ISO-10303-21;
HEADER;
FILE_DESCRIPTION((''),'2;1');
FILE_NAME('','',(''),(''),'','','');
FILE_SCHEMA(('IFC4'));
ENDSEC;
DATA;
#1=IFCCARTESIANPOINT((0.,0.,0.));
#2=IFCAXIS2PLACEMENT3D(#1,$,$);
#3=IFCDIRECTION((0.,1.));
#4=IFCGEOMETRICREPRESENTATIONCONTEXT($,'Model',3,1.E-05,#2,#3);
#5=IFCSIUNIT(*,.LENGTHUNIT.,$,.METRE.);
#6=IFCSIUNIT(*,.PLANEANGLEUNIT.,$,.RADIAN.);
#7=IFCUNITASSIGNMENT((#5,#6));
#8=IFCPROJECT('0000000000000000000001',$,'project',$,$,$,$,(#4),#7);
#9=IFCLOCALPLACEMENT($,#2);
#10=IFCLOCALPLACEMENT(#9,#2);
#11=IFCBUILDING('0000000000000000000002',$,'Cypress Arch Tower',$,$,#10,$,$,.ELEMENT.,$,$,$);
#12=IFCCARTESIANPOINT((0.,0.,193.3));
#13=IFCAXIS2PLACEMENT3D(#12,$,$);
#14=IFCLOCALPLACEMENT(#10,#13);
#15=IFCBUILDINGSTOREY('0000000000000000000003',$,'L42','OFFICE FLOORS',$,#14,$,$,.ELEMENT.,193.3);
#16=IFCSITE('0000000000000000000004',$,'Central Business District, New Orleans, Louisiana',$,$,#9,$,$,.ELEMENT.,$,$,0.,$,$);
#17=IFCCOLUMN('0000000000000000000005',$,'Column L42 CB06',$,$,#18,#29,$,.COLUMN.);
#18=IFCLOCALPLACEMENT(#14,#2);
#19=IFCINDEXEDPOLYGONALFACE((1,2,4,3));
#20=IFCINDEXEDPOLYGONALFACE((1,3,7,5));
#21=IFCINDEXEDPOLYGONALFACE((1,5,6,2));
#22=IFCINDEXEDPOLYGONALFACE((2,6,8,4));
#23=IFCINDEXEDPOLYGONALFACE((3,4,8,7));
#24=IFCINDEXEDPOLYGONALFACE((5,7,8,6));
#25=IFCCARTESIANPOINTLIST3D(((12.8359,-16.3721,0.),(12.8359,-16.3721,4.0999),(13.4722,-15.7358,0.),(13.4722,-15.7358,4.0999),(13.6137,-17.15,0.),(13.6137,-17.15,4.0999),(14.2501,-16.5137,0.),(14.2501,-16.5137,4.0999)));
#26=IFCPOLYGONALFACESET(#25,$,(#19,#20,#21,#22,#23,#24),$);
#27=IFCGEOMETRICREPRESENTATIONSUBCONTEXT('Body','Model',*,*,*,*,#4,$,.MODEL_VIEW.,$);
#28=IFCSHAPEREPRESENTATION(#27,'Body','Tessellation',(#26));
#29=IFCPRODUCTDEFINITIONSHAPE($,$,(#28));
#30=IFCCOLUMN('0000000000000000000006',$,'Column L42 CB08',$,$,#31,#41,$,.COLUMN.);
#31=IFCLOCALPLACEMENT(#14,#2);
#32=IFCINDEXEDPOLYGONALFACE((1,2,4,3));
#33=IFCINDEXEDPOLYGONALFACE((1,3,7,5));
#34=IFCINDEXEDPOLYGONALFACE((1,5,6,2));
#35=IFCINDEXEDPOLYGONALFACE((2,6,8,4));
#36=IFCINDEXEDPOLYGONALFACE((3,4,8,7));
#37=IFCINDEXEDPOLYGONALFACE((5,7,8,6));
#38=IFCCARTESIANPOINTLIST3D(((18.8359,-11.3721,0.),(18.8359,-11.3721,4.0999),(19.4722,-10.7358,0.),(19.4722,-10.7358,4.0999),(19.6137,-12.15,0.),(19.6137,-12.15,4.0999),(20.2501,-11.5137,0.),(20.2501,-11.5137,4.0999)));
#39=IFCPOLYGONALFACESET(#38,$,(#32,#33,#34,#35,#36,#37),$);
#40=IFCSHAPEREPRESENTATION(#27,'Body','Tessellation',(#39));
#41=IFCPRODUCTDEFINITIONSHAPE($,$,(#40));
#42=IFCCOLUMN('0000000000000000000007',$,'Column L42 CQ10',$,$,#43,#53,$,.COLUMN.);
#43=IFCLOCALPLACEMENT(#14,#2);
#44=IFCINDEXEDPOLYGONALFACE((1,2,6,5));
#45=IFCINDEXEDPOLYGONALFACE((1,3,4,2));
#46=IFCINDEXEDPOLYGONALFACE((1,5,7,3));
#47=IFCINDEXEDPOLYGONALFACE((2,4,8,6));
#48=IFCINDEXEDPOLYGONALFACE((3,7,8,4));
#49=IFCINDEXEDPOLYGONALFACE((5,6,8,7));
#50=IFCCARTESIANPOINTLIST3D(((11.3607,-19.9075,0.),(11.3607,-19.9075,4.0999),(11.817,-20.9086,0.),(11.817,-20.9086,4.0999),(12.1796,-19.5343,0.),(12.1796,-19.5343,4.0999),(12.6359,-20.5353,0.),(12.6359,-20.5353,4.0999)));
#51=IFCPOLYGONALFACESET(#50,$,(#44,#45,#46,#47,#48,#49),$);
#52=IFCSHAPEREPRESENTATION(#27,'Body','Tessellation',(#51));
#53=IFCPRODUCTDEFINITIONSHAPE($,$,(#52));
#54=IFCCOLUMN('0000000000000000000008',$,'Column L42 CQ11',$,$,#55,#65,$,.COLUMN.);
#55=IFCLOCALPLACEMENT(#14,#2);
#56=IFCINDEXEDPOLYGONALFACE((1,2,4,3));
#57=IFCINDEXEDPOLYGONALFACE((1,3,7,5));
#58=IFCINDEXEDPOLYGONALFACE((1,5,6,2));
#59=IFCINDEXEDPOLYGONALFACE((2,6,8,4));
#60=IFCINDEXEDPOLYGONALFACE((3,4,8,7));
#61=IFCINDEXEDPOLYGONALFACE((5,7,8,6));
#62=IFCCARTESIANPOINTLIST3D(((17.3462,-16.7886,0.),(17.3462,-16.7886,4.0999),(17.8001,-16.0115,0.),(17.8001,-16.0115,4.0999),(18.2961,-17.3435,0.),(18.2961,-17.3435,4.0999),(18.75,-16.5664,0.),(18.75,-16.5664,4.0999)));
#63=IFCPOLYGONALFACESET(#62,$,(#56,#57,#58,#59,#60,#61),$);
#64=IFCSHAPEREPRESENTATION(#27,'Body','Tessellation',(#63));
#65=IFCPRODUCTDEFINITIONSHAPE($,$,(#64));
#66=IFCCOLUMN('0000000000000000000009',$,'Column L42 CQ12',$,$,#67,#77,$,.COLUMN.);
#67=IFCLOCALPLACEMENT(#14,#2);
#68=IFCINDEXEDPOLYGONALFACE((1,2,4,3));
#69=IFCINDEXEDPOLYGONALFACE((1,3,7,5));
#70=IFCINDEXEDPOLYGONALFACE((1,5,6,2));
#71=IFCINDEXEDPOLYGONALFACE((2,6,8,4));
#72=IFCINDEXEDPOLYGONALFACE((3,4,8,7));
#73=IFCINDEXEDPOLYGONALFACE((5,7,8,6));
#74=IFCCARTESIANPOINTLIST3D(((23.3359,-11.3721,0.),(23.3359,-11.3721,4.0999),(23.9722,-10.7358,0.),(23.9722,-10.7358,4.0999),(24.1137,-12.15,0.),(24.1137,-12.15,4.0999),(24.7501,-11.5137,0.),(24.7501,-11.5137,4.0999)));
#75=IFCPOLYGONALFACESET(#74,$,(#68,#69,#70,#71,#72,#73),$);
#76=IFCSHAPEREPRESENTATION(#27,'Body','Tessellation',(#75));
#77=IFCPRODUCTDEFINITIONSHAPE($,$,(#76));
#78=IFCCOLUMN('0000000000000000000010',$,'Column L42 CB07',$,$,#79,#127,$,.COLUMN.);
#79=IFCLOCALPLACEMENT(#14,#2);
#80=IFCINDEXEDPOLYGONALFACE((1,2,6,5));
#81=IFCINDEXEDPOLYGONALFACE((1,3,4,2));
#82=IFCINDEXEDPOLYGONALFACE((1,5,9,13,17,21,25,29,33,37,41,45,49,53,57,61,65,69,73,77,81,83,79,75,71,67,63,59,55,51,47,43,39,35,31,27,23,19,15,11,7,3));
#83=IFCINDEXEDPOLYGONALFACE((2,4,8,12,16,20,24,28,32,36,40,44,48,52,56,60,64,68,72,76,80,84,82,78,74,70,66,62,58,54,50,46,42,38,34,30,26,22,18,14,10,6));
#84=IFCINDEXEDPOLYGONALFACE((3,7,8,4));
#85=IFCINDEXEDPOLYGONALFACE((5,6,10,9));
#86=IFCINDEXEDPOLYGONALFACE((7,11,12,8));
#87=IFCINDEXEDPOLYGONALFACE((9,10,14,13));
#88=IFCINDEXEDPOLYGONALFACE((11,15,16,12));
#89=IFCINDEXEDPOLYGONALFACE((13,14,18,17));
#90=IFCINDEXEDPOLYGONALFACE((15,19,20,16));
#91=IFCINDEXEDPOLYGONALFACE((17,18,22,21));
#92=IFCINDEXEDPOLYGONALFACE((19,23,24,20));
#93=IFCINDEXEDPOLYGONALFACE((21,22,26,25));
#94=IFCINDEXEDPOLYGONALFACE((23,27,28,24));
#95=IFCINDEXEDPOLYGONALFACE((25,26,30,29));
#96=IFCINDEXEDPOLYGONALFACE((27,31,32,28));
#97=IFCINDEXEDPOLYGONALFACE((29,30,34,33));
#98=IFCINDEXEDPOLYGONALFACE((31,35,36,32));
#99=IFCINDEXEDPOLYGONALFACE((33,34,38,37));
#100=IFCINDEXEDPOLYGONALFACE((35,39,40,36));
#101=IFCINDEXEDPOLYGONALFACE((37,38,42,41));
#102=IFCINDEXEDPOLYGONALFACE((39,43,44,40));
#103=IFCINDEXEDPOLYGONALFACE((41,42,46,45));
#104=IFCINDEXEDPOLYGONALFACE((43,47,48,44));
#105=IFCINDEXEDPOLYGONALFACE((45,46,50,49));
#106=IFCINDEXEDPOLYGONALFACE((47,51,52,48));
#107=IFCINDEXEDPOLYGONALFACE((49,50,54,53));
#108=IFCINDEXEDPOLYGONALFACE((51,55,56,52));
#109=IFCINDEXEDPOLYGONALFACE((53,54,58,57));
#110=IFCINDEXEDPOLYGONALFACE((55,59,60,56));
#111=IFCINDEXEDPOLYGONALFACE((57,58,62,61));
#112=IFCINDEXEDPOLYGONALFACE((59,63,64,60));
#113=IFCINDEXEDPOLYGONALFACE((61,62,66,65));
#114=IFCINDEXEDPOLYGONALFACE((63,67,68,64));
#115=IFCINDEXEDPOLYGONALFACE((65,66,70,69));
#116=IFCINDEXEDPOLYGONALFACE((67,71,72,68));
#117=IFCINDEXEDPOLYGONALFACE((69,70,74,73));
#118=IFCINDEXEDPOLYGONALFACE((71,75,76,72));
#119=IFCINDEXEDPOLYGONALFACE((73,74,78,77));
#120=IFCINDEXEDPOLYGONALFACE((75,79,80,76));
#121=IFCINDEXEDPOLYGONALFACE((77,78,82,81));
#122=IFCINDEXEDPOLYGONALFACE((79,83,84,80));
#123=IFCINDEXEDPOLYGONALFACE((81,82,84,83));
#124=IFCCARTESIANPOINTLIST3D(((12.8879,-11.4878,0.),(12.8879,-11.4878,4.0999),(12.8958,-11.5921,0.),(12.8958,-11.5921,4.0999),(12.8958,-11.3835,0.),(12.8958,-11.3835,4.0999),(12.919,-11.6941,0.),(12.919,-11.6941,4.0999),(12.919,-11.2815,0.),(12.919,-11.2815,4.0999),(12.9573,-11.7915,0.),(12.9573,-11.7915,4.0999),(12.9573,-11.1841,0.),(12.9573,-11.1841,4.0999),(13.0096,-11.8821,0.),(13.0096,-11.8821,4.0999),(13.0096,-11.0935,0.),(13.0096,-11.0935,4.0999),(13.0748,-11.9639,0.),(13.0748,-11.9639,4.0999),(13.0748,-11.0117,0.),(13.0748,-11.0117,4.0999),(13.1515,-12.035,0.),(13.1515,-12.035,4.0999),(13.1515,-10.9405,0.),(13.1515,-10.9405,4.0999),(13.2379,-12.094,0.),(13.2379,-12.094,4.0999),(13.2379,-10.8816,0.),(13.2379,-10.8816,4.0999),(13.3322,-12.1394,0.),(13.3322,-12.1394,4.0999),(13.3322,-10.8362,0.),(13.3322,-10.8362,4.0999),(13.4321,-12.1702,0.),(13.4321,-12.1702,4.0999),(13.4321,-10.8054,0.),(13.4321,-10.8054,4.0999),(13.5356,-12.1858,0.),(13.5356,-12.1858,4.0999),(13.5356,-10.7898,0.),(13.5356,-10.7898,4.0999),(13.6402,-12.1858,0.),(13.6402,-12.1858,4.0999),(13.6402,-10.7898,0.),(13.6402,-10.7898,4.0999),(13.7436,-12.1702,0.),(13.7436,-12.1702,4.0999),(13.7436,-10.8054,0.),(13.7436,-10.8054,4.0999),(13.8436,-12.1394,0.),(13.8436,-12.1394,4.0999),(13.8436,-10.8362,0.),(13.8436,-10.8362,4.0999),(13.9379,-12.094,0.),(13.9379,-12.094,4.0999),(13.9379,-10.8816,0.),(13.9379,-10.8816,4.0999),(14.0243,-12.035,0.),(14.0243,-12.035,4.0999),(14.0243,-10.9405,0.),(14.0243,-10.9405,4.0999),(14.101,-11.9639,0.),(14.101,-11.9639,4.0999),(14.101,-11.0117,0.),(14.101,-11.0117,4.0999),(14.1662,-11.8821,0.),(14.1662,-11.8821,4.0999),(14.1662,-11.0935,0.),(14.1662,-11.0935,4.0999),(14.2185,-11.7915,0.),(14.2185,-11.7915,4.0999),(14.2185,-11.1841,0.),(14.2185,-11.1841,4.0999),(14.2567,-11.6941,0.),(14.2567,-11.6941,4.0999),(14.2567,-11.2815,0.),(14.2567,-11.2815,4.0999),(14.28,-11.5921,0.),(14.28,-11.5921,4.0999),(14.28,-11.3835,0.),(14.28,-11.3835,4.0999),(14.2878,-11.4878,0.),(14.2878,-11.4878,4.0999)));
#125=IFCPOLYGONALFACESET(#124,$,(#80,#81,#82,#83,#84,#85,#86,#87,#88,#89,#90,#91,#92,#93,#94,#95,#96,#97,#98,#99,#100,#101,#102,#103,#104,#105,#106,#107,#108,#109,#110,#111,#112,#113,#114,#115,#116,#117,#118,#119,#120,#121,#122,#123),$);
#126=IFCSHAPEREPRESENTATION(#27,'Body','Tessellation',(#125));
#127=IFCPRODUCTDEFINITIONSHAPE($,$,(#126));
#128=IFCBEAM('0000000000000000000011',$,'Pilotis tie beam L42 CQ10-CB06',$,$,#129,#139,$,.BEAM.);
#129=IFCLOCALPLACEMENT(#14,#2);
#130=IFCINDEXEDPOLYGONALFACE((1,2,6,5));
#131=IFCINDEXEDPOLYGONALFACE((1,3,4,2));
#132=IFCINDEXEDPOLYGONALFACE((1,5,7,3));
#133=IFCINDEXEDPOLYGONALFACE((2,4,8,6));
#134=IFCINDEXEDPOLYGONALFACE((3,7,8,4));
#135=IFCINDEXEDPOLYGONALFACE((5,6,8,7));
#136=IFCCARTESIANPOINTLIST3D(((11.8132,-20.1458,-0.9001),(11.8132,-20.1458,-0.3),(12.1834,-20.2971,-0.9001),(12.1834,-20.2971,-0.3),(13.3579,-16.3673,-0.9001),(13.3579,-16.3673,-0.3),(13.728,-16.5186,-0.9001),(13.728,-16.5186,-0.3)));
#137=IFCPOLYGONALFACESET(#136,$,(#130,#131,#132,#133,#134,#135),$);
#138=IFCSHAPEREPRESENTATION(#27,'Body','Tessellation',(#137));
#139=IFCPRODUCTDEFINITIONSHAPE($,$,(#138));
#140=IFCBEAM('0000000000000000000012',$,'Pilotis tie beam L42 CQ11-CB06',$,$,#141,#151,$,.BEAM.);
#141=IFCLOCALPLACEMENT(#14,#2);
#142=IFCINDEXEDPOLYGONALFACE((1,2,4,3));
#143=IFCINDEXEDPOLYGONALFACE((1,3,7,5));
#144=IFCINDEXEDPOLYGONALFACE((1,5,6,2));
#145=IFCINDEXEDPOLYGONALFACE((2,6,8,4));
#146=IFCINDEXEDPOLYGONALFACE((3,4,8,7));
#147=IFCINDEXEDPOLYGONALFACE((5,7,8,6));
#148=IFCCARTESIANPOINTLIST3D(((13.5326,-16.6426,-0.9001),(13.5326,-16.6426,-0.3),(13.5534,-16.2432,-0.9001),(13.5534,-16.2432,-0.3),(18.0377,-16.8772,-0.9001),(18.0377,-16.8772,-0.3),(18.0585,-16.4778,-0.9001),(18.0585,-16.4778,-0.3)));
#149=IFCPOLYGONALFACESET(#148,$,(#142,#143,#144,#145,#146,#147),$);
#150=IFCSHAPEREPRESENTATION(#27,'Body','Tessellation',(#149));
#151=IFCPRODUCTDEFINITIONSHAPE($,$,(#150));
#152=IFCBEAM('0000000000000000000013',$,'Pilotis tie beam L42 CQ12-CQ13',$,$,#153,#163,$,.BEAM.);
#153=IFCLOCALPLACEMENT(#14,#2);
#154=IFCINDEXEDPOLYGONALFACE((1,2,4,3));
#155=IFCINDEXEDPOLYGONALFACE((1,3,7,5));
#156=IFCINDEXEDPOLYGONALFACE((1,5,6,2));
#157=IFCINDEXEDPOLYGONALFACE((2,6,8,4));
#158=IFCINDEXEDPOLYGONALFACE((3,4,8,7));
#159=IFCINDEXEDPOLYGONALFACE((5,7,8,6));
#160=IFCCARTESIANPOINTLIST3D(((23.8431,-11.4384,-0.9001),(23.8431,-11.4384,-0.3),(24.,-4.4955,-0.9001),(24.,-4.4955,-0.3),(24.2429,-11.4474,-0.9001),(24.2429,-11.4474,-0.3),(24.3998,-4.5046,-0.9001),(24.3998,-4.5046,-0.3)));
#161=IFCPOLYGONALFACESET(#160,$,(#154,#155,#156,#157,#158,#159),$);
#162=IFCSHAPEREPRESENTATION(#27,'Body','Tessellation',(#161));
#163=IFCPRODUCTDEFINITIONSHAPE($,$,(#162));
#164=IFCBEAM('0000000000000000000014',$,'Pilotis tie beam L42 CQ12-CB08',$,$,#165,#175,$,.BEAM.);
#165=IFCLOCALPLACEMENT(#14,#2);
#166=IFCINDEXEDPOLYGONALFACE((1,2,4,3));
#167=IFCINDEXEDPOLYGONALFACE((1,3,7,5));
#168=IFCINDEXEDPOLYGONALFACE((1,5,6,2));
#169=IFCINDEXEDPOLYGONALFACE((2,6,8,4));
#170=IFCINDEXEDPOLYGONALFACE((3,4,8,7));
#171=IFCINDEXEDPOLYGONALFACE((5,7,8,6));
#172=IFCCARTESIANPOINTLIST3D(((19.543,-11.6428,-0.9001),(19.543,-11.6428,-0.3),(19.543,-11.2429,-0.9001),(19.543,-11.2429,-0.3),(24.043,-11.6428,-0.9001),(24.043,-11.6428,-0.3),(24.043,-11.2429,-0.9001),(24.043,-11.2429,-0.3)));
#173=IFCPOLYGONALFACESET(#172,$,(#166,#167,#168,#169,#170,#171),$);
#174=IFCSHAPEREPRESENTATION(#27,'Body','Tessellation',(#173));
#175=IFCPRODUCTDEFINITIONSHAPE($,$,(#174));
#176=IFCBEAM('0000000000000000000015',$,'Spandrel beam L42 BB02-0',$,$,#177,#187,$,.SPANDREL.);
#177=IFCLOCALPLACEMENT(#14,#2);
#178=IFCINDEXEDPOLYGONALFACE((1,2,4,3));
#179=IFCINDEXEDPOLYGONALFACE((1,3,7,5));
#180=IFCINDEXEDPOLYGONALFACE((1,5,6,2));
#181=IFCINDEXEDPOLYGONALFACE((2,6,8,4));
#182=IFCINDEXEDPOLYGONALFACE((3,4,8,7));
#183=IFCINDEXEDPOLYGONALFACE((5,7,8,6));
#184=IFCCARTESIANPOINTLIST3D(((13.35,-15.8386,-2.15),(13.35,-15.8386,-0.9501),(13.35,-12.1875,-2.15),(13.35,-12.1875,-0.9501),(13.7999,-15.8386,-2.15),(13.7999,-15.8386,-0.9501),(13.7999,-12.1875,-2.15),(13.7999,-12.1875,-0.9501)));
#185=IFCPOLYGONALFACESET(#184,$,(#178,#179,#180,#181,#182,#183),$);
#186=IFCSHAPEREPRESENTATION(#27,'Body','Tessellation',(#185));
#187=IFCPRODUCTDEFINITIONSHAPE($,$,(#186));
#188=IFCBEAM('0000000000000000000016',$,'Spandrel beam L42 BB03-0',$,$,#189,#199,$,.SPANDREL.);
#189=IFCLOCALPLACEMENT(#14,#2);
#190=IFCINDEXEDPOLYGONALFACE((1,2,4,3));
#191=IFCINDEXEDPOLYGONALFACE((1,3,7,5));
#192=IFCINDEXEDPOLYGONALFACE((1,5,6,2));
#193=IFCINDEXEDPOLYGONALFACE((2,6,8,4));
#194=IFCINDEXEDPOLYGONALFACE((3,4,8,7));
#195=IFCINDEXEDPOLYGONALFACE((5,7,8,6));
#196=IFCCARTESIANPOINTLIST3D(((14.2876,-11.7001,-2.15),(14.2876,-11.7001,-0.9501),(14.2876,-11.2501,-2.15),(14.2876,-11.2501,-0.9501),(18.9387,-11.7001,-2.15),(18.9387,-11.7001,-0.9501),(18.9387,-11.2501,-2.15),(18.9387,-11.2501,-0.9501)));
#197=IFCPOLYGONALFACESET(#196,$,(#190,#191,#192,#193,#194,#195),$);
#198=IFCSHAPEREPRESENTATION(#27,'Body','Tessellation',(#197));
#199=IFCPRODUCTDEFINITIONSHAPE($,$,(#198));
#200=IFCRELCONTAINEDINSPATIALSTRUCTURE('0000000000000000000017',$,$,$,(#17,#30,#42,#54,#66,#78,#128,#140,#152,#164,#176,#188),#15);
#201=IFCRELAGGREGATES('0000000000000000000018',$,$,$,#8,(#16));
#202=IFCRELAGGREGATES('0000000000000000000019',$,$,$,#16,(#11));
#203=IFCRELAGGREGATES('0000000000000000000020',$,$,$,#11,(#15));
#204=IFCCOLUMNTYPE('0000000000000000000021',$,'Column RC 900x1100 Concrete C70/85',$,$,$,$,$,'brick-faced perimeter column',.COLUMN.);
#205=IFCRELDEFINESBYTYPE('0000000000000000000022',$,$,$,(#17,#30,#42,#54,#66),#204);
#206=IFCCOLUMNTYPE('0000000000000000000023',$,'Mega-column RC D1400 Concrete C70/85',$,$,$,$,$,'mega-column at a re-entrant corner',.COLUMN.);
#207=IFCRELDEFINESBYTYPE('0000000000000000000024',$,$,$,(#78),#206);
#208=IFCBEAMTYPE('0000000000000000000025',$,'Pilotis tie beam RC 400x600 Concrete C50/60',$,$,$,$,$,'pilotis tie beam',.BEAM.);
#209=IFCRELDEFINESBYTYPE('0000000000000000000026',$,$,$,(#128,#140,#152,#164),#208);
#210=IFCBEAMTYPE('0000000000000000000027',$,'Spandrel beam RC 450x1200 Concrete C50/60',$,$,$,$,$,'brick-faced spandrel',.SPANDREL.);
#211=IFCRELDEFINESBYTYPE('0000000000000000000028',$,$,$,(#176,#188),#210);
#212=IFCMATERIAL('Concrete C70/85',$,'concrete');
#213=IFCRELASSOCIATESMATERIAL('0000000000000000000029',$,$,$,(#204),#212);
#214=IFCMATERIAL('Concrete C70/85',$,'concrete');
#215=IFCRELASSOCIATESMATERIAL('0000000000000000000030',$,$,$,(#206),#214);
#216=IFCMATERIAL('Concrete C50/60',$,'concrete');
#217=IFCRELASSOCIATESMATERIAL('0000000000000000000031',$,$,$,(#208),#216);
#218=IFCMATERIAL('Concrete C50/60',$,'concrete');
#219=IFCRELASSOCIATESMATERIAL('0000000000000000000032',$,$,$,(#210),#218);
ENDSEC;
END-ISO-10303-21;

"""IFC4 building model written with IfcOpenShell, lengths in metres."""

from ifc_helpers import new_model, si_unit, direction, frame, origin, origin_2d, place, context, subcontext, project, spatial, rectangle, circle, extrude, material, material_profile, profile_set, type_object, element, save


model = new_model("IFC4")

# Units and contexts
model_context = context("Model", 3, precision=1e-05, world=origin(), true_north=direction((0.0, 1.0)))
body_context = subcontext(model_context, "Body", "Model", "MODEL_VIEW")
ifc_project = project(units=[si_unit("LENGTHUNIT", "METRE"), si_unit("PLANEANGLEUNIT", "RADIAN")], contexts=[model_context])

# Site, building, storey
site_placement = place(None, origin())
site = spatial("IfcSite", under=ifc_project, at=site_placement, Name="Central Business District, New Orleans, Louisiana", CompositionType="ELEMENT", RefElevation=0.0)
building_placement = place(site_placement, origin())
building = spatial("IfcBuilding", under=site, at=building_placement, Name="Cypress Arch Tower", CompositionType="ELEMENT")
storey_placement = place(building_placement, frame((0.0, 0.0, 193.3)))
storey = spatial("IfcBuildingStorey", under=building, at=storey_placement, Name="L42", Description="OFFICE FLOORS", CompositionType="ELEMENT", Elevation=193.3)

# Columns
ifc_material_1 = material(Name="Concrete C70/85", Category="concrete")
ifc_material_profile_1 = material_profile(ifc_material_1, rectangle(XDim=0.8999, YDim=1.1001, at=origin_2d()), Name="RC 900x1100")
ifc_profile_set_1 = profile_set([ifc_material_profile_1], Name="Concrete C70/85")
column_type_1 = type_object("IfcColumnType", Name="Column RC 900x1100 Concrete C70/85", ElementType="brick-faced perimeter column", PredefinedType="COLUMN", material=ifc_profile_set_1)
for number, where, z_axis, x_axis, name in (
    (1, (13.543, -16.4429, 0.0), (0.0, 0.0, 1.0), (0.707107, 0.707107, 0.0), "Column L42 CB06"),
    (2, (19.543, -11.4429, 0.0), (0.0, 0.0, 1.0), (0.707107, 0.707107, 0.0), "Column L42 CB08"),
    (3, (11.9983, -20.2214, 0.0), (0.0, 0.0, 1.0), (0.909932, 0.414757, 0.0), "Column L42 CQ10"),
    (4, (18.0481, -16.6775, 0.0), (0.0, 0.0, 1.0), (0.504399, 0.863471, 0.0), "Column L42 CQ11"),
    (5, (24.043, -11.4429, 0.0), (0.0, 0.0, 1.0), (0.707107, 0.707107, 0.0), "Column L42 CQ12"),
):
    element("IfcColumn", number, at=place(storey_placement, frame(where, z_axis=z_axis, x_axis=x_axis)), inside=storey, type_object=column_type_1, Name=name, PredefinedType="COLUMN", context=body_context, shape_type="SweptSolid", body=[
        extrude(rectangle(XDim=0.8999, YDim=1.1001, at=origin_2d()), origin(), (0.0, 0.0, 1.0), 4.0999),
    ])
ifc_material_2 = material(Name="Concrete C70/85", Category="concrete")
ifc_material_profile_2 = material_profile(ifc_material_2, circle(Radius=0.7, at=origin_2d()), Name="RC D1400")
ifc_profile_set_2 = profile_set([ifc_material_profile_2], Name="Concrete C70/85")
column_type_2 = type_object("IfcColumnType", Name="Mega-column RC D1400 Concrete C70/85", ElementType="mega-column at a re-entrant corner", PredefinedType="COLUMN", material=ifc_profile_set_2)
column_placement = place(storey_placement, frame((13.5879, -11.4878, 0.0), z_axis=(0.0, 0.0, 1.0), x_axis=(1.0, 0.0, 0.0)))
element("IfcColumn", 6, at=column_placement, inside=storey, type_object=column_type_2, Name="Column L42 CB07", PredefinedType="COLUMN", context=body_context, shape_type="SweptSolid", body=[
    extrude(circle(Radius=0.7, at=origin_2d()), origin(), (0.0, 0.0, 1.0), 4.0999),
])

# Beams
ifc_material_3 = material(Name="Concrete C50/60", Category="concrete")
ifc_material_profile_3 = material_profile(ifc_material_3, rectangle(XDim=0.3999, YDim=0.6001, at=origin_2d()), Name="RC 400x600")
ifc_profile_set_3 = profile_set([ifc_material_profile_3], Name="Concrete C50/60")
beam_type_1 = type_object("IfcBeamType", Name="Pilotis tie beam RC 400x600 Concrete C50/60", ElementType="pilotis tie beam", PredefinedType="BEAM", material=ifc_profile_set_3)
beam_1_placement = place(storey_placement, frame((11.9983, -20.2214, -0.6001), z_axis=(0.378402, 0.925641, 0.0), x_axis=(-0.925641, 0.378402, 0.0)))
element("IfcBeam", 7, at=beam_1_placement, inside=storey, type_object=beam_type_1, Name="Pilotis tie beam L42 CQ10-CB06", PredefinedType="BEAM", context=body_context, shape_type="SweptSolid", body=[
    extrude(rectangle(XDim=0.3999, YDim=0.6001, at=origin_2d()), origin(), (0.0, 0.0, 1.0), 4.082),
])
beam_2_placement = place(storey_placement, frame((18.0481, -16.6775, -0.6001), z_axis=(-0.998647, 0.052008, 0.0), x_axis=(-0.052008, -0.998647, 0.0)))
element("IfcBeam", 8, at=beam_2_placement, inside=storey, type_object=beam_type_1, Name="Pilotis tie beam L42 CQ11-CB06", PredefinedType="BEAM", context=body_context, shape_type="SweptSolid", body=[
    extrude(rectangle(XDim=0.3999, YDim=0.6001, at=origin_2d()), origin(), (0.0, 0.0, 1.0), 4.5112),
])
beam_3_placement = place(storey_placement, frame((24.043, -11.4429, -0.6001), z_axis=(0.022605, 0.999744, 0.0), x_axis=(-0.999744, 0.022605, 0.0)))
element("IfcBeam", 9, at=beam_3_placement, inside=storey, type_object=beam_type_1, Name="Pilotis tie beam L42 CQ12-CQ13", PredefinedType="BEAM", context=body_context, shape_type="SweptSolid", body=[
    extrude(rectangle(XDim=0.3999, YDim=0.6001, at=origin_2d()), origin(), (0.0, 0.0, 1.0), 6.9446),
])
beam_4_placement = place(storey_placement, frame((24.043, -11.4429, -0.6001), z_axis=(-1.0, 0.0, 0.0), x_axis=(0.0, -1.0, 0.0)))
element("IfcBeam", 10, at=beam_4_placement, inside=storey, type_object=beam_type_1, Name="Pilotis tie beam L42 CQ12-CB08", PredefinedType="BEAM", context=body_context, shape_type="SweptSolid", body=[
    extrude(rectangle(XDim=0.3999, YDim=0.6001, at=origin_2d()), origin(), (0.0, 0.0, 1.0), 4.5),
])
ifc_material_4 = material(Name="Concrete C50/60", Category="concrete")
ifc_material_profile_4 = material_profile(ifc_material_4, rectangle(XDim=0.45, YDim=1.2, at=origin_2d()), Name="RC 450x1200")
ifc_profile_set_4 = profile_set([ifc_material_profile_4], Name="Concrete C50/60")
beam_type_2 = type_object("IfcBeamType", Name="Spandrel beam RC 450x1200 Concrete C50/60", ElementType="brick-faced spandrel", PredefinedType="SPANDREL", material=ifc_profile_set_4)
beam_5_placement = place(storey_placement, frame((13.575, -15.8386, -1.55), z_axis=(0.0, 1.0, 0.0), x_axis=(-1.0, 0.0, 0.0)))
element("IfcBeam", 11, at=beam_5_placement, inside=storey, type_object=beam_type_2, Name="Spandrel beam L42 BB02-0", PredefinedType="SPANDREL", context=body_context, shape_type="SweptSolid", body=[
    extrude(rectangle(XDim=0.45, YDim=1.2, at=origin_2d()), origin(), (0.0, 0.0, 1.0), 3.6511),
])
beam_6_placement = place(storey_placement, frame((14.2876, -11.4751, -1.55), z_axis=(1.0, 0.0, 0.0), x_axis=(0.0, 1.0, 0.0)))
element("IfcBeam", 12, at=beam_6_placement, inside=storey, type_object=beam_type_2, Name="Spandrel beam L42 BB03-0", PredefinedType="SPANDREL", context=body_context, shape_type="SweptSolid", body=[
    extrude(rectangle(XDim=0.45, YDim=1.2, at=origin_2d()), origin(), (0.0, 0.0, 1.0), 4.6511),
])

save(model, "model.ifc")
